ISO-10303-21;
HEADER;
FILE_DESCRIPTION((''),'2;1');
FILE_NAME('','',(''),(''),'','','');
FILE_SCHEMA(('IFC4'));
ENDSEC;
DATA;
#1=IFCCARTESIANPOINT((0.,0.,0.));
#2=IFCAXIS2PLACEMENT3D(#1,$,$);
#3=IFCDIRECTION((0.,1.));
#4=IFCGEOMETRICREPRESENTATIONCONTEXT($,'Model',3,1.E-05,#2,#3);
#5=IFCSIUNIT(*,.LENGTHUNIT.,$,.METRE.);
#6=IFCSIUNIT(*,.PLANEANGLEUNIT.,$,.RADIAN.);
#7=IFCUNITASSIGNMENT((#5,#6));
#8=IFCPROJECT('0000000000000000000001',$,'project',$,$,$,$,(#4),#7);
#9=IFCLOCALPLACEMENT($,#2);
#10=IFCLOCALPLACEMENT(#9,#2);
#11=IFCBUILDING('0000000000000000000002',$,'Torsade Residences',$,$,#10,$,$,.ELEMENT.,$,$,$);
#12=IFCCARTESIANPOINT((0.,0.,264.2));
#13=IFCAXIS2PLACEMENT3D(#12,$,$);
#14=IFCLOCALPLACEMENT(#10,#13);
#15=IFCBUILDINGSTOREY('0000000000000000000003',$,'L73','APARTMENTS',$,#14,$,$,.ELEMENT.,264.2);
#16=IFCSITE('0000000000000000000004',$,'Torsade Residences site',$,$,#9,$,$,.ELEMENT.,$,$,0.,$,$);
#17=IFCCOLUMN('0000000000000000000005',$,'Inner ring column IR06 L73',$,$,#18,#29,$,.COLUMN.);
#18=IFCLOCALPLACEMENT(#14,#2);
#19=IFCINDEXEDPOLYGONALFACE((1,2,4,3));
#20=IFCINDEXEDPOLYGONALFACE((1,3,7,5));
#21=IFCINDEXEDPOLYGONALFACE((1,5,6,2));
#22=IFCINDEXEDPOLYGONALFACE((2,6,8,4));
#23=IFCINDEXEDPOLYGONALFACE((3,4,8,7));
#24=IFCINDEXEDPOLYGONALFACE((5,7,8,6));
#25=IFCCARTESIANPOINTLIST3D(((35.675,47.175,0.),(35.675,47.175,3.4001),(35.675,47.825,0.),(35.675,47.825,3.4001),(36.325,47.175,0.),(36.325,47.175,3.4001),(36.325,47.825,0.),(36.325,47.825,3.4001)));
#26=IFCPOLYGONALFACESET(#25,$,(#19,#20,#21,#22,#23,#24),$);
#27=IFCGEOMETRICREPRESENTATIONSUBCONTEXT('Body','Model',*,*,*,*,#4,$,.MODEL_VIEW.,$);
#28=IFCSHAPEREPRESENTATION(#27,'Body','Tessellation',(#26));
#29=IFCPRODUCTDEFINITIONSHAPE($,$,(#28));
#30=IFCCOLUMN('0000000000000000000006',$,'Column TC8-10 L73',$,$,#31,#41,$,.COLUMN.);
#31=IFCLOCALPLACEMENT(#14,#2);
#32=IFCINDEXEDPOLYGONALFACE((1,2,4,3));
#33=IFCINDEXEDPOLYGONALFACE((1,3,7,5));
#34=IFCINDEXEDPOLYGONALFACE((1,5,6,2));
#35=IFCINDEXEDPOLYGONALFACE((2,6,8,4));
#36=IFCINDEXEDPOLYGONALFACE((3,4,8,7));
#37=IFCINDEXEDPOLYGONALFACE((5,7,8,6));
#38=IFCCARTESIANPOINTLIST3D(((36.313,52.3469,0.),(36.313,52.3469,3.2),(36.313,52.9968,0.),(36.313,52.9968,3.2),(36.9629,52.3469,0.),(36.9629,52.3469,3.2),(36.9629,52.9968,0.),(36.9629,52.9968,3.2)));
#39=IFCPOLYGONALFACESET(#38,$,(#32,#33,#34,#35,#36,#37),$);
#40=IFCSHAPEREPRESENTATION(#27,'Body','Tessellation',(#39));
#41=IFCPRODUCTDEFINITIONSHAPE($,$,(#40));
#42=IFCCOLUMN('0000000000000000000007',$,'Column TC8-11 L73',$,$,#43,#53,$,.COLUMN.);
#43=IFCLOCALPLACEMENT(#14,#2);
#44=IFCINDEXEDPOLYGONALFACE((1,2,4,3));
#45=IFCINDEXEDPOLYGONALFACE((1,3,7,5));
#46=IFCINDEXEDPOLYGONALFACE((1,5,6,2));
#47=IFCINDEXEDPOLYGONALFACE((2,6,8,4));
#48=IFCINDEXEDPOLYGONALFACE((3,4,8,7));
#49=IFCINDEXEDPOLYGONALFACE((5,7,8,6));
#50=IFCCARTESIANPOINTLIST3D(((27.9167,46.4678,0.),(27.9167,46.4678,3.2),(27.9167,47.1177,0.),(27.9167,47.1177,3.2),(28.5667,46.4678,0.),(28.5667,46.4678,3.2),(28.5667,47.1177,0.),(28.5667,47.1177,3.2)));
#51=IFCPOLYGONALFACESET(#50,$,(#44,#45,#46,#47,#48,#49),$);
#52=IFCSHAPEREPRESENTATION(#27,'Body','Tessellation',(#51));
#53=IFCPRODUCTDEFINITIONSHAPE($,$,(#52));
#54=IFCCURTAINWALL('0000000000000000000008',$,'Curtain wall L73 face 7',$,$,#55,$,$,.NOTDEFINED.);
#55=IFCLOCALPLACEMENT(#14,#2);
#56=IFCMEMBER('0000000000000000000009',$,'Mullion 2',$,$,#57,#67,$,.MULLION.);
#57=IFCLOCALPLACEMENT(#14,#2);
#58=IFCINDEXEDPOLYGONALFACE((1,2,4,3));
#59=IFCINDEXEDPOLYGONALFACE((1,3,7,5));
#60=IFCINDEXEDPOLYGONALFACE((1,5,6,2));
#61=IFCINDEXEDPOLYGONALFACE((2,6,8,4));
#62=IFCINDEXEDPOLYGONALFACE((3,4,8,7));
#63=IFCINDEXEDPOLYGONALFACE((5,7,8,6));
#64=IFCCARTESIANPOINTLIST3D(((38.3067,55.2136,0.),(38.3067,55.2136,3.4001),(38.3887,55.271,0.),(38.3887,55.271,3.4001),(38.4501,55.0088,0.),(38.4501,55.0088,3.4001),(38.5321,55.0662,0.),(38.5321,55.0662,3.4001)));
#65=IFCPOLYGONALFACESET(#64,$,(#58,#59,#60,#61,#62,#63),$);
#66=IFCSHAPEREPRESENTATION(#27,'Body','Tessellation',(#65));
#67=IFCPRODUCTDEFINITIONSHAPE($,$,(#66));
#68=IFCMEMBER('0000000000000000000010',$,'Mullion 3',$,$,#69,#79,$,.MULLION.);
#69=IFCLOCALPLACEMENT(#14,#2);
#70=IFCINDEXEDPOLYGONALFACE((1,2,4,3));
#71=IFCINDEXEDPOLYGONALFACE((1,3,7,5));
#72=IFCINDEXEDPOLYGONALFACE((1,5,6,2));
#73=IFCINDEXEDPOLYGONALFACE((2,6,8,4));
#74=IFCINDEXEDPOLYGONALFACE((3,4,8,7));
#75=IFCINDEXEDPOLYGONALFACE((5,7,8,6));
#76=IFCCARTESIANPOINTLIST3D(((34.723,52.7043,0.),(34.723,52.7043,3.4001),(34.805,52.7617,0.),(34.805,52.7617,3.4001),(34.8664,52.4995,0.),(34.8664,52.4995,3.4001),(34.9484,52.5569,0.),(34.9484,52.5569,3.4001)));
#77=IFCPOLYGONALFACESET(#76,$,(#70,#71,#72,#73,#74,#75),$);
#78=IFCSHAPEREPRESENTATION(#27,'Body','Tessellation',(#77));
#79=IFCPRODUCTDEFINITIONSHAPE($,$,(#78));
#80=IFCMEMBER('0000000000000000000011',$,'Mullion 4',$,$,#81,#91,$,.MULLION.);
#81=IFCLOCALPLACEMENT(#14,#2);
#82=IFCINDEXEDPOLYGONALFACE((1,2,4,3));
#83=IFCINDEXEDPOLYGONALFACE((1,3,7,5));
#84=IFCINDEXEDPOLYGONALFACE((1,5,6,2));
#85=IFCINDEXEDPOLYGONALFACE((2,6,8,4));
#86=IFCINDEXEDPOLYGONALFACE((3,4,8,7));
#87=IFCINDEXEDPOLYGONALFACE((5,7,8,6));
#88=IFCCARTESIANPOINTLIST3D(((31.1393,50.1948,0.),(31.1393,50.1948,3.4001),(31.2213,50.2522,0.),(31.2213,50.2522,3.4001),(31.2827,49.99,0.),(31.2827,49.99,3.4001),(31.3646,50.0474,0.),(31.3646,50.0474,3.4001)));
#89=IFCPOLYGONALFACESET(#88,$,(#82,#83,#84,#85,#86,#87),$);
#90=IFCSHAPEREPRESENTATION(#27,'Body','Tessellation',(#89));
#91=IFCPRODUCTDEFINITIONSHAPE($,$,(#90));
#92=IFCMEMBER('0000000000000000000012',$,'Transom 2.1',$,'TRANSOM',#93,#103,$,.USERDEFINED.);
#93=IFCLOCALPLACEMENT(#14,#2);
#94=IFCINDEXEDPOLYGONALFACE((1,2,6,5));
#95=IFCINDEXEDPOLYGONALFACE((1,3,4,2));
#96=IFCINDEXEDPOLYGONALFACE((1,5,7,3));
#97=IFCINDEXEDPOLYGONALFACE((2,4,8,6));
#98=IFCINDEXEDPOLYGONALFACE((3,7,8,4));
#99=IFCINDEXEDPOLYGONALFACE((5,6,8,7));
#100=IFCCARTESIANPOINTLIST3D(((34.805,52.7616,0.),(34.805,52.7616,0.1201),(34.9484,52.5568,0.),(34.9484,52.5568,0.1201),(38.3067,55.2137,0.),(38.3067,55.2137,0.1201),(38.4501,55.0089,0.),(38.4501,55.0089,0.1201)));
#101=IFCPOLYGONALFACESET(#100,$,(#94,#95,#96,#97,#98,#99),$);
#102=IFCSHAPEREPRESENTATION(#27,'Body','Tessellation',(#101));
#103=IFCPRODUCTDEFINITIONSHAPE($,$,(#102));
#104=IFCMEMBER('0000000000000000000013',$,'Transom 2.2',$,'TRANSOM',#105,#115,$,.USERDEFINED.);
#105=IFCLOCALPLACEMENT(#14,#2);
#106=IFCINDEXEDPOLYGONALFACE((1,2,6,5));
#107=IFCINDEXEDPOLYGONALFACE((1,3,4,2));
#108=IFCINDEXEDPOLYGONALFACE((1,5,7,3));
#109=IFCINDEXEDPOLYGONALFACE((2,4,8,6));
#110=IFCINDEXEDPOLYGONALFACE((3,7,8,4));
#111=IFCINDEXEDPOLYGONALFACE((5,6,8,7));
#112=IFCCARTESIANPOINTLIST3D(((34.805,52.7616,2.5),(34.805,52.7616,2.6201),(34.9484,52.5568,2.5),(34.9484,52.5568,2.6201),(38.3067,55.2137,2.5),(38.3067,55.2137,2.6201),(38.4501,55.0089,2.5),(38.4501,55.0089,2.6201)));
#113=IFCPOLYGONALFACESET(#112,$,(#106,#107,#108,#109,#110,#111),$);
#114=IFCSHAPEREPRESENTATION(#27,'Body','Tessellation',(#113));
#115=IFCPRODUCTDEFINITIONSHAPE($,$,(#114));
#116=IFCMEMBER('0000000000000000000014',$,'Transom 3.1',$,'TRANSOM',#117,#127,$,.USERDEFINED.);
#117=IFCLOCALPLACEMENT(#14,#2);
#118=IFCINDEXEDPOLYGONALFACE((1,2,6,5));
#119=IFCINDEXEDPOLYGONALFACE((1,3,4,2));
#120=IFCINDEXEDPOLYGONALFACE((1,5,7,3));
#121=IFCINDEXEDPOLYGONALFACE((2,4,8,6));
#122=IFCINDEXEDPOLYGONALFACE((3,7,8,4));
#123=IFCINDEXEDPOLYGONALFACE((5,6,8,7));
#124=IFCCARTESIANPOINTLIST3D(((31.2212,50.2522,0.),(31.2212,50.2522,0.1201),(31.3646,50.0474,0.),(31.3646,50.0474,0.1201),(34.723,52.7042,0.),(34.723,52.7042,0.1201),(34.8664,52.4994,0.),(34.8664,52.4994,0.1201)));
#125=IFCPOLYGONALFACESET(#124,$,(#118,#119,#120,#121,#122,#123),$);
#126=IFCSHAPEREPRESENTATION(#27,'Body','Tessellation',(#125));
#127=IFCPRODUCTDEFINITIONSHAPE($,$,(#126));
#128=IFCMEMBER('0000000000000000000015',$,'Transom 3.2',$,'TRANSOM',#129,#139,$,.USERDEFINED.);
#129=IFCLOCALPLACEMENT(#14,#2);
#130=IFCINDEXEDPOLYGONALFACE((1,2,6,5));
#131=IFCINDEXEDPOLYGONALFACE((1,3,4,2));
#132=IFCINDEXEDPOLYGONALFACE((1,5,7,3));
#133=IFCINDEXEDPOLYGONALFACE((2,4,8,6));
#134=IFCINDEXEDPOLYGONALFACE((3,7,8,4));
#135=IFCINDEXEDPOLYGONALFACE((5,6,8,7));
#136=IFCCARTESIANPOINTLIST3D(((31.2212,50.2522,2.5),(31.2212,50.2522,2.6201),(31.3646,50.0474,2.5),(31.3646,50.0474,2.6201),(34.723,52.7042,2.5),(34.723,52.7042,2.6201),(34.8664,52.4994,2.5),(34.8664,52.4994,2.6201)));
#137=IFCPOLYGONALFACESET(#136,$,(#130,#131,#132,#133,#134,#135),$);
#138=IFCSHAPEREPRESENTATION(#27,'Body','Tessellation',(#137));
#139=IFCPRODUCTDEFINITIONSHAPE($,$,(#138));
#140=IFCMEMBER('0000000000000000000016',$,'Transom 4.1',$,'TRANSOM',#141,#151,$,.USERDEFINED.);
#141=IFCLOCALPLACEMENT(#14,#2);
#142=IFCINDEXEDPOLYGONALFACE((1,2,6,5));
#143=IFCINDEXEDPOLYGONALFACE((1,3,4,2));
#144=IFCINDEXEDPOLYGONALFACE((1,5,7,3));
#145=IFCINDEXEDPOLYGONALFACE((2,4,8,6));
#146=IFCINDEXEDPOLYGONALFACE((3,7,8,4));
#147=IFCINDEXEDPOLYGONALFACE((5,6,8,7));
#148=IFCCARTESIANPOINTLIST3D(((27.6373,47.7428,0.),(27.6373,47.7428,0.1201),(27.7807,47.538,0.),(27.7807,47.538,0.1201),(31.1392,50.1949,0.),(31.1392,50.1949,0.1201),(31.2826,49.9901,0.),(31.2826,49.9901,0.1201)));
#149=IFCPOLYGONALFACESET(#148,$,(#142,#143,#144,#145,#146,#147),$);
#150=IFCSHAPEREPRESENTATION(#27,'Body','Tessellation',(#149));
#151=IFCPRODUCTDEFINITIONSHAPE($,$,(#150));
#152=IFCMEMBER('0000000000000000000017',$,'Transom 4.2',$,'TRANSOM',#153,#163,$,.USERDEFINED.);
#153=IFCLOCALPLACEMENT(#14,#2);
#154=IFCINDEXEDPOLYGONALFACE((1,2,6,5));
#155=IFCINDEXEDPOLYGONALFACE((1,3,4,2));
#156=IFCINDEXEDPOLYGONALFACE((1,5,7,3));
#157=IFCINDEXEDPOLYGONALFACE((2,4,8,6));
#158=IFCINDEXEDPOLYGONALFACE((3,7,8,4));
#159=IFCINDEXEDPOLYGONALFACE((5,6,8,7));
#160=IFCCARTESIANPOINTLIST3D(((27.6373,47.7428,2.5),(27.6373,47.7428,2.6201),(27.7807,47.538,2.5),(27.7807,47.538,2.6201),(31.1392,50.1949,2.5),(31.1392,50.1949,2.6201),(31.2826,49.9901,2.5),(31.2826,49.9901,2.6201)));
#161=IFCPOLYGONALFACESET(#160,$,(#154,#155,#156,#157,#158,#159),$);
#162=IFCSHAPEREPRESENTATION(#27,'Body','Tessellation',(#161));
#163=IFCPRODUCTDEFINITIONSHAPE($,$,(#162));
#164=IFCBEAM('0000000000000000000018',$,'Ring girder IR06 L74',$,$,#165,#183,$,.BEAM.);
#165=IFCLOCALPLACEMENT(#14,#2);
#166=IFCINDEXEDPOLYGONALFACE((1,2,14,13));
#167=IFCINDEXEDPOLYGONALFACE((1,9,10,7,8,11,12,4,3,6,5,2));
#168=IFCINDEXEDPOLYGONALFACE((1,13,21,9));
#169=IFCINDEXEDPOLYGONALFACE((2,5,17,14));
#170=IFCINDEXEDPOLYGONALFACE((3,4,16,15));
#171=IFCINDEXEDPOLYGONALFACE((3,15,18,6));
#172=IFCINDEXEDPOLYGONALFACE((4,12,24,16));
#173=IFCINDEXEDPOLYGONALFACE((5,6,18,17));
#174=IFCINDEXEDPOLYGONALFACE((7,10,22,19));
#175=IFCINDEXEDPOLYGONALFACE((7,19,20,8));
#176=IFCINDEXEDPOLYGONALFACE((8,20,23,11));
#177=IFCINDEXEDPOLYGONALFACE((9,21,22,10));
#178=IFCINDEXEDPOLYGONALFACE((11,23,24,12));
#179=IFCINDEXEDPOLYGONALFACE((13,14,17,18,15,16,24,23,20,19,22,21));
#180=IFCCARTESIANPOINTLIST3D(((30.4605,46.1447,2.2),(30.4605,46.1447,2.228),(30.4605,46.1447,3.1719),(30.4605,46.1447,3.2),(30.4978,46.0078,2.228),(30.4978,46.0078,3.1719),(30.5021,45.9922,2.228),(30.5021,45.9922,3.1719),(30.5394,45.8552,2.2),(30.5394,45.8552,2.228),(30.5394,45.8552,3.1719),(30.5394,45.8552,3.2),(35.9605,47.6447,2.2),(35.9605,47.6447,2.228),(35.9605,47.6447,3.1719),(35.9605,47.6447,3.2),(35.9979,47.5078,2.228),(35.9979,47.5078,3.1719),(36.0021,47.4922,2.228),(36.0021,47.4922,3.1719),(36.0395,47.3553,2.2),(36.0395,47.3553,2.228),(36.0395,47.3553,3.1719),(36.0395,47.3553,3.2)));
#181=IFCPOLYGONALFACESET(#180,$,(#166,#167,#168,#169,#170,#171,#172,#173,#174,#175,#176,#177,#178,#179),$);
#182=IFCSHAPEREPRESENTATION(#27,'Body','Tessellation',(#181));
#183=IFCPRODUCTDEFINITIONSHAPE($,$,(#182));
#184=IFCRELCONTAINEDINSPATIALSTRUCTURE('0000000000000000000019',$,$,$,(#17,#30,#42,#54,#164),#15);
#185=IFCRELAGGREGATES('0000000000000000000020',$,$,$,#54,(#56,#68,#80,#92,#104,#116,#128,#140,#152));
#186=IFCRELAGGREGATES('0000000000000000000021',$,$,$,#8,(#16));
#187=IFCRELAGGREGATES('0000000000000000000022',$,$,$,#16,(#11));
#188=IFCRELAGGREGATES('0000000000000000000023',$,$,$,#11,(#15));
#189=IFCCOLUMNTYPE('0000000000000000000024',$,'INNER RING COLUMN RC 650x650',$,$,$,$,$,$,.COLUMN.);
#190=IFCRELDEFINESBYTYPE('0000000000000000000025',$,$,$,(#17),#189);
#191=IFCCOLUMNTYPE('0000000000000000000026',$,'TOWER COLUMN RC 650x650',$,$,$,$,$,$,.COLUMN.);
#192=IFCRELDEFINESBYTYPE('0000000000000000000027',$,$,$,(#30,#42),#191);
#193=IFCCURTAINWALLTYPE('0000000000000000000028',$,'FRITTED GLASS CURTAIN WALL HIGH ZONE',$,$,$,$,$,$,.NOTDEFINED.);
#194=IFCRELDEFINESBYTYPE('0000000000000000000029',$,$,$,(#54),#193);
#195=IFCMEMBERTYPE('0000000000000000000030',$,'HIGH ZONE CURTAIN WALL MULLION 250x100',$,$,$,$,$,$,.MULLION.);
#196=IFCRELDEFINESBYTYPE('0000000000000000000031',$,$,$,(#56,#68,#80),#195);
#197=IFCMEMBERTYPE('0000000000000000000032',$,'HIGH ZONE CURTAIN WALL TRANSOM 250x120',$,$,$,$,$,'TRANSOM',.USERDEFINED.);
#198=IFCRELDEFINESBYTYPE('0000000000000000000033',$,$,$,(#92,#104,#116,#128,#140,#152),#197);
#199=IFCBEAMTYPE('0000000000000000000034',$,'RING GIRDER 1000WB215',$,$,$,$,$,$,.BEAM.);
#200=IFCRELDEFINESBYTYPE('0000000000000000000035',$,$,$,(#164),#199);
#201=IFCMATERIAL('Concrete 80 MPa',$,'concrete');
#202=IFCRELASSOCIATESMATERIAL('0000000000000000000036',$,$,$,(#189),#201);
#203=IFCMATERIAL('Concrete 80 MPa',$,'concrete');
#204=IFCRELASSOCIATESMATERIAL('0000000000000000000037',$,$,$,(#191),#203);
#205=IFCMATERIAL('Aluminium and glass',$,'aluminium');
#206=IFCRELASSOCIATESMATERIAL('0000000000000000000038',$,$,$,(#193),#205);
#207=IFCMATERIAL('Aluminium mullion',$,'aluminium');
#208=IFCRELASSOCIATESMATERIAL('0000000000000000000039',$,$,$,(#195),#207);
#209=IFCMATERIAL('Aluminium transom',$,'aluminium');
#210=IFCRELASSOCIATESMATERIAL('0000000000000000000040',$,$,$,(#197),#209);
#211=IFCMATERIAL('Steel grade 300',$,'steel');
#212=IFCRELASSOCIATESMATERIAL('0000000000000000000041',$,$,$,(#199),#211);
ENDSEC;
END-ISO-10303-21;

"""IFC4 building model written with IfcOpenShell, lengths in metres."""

from ifc_helpers import new_model, si_unit, direction, frame, origin, origin_2d, place, context, subcontext, project, spatial, rectangle, i_section, extrude, material, material_profile, profile_set, type_object, element, aggregate, save


model = new_model("IFC4")

# Units and contexts
model_context = context("Model", 3, precision=1e-05, world=origin(), true_north=direction((0.0, 1.0)))
body_context = subcontext(model_context, "Body", "Model", "MODEL_VIEW")
ifc_project = project(units=[si_unit("LENGTHUNIT", "METRE"), si_unit("PLANEANGLEUNIT", "RADIAN")], contexts=[model_context])

# Site, building, storey
site_placement = place(None, origin())
site = spatial("IfcSite", under=ifc_project, at=site_placement, Name="Torsade Residences site", CompositionType="ELEMENT", RefElevation=0.0)
building_placement = place(site_placement, origin())
building = spatial("IfcBuilding", under=site, at=building_placement, Name="Torsade Residences", CompositionType="ELEMENT")
storey_placement = place(building_placement, frame((0.0, 0.0, 264.2)))
storey = spatial("IfcBuildingStorey", under=building, at=storey_placement, Name="L73", Description="APARTMENTS", CompositionType="ELEMENT", Elevation=264.2)

# Columns
ifc_material_1 = material(Name="Concrete 80 MPa", Category="concrete")
ifc_material_profile_1 = material_profile(ifc_material_1, rectangle(XDim=0.6499, YDim=0.6499, at=origin_2d()), Name="RC 650x650")
ifc_profile_set_1 = profile_set([ifc_material_profile_1], Name="Concrete 80 MPa")
column_type_1 = type_object("IfcColumnType", Name="INNER RING COLUMN RC 650x650", PredefinedType="COLUMN", material=ifc_profile_set_1)
column_placement = place(storey_placement, frame((36.0, 47.5, 0.0), z_axis=(0.0, 0.0, 1.0), x_axis=(1.0, 0.0, 0.0)))
element("IfcColumn", 1, at=column_placement, inside=storey, type_object=column_type_1, Name="Inner ring column IR06 L73", PredefinedType="COLUMN", context=body_context, shape_type="SweptSolid", body=[
    extrude(rectangle(XDim=0.6499, YDim=0.6499, at=origin_2d()), origin(), (0.0, 0.0, 1.0), 3.4001),
])
ifc_material_2 = material(Name="Concrete 80 MPa", Category="concrete")
ifc_material_profile_2 = material_profile(ifc_material_2, rectangle(XDim=0.6499, YDim=0.6499, at=origin_2d()), Name="RC 650x650")
ifc_profile_set_2 = profile_set([ifc_material_profile_2], Name="Concrete 80 MPa")
column_type_2 = type_object("IfcColumnType", Name="TOWER COLUMN RC 650x650", PredefinedType="COLUMN", material=ifc_profile_set_2)
for number, where, z_axis, x_axis, name in (
    (2, (36.6379, 52.6719, 0.0), (0.0, 0.0, 1.0), (1.0, 0.0, 0.0), "Column TC8-10 L73"),
    (3, (28.2417, 46.7927, 0.0), (0.0, 0.0, 1.0), (1.0, 0.0, 0.0), "Column TC8-11 L73"),
):
    element("IfcColumn", number, at=place(storey_placement, frame(where, z_axis=z_axis, x_axis=x_axis)), inside=storey, type_object=column_type_2, Name=name, PredefinedType="COLUMN", context=body_context, shape_type="SweptSolid", body=[
        extrude(rectangle(XDim=0.6499, YDim=0.6499, at=origin_2d()), origin(), (0.0, 0.0, 1.0), 3.2),
    ])

# Curtain wall, members
ifc_material_3 = material(Name="Aluminium and glass", Category="aluminium")
curtain_wall_type = type_object("IfcCurtainWallType", Name="FRITTED GLASS CURTAIN WALL HIGH ZONE", PredefinedType="NOTDEFINED", material=ifc_material_3)
curtain_wall_placement = place(storey_placement, origin())
curtain_wall = element("IfcCurtainWall", 4, at=curtain_wall_placement, inside=storey, type_object=curtain_wall_type, Name="Curtain wall L73 face 7", PredefinedType="NOTDEFINED")
ifc_material_4 = material(Name="Aluminium mullion", Category="aluminium")
ifc_material_profile_3 = material_profile(ifc_material_4, rectangle(XDim=0.25, YDim=0.1001, at=origin_2d()), Name="HIGH ZONE CURTAIN WALL MULLION 250x100")
ifc_profile_set_3 = profile_set([ifc_material_profile_3], Name="Aluminium mullion")
member_type_1 = type_object("IfcMemberType", Name="HIGH ZONE CURTAIN WALL MULLION 250x100", PredefinedType="MULLION", material=ifc_profile_set_3)
member_1_placement = place(storey_placement, frame((38.4194, 55.1399, 0.0), z_axis=(0.0, 0.0, 1.0), x_axis=(0.573576, -0.819152, 0.0)))
member_1 = element("IfcMember", 5, at=member_1_placement, type_object=member_type_1, Name="Mullion 2", PredefinedType="MULLION", context=body_context, shape_type="SweptSolid", body=[
    extrude(rectangle(XDim=0.25, YDim=0.1001, at=origin_2d()), origin(), (0.0, 0.0, 1.0), 3.4001),
])
member_2_placement = place(storey_placement, frame((34.8357, 52.6306, 0.0), z_axis=(0.0, 0.0, 1.0), x_axis=(0.573576, -0.819152, 0.0)))
member_2 = element("IfcMember", 6, at=member_2_placement, type_object=member_type_1, Name="Mullion 3", PredefinedType="MULLION", context=body_context, shape_type="SweptSolid", body=[
    extrude(rectangle(XDim=0.25, YDim=0.1001, at=origin_2d()), origin(), (0.0, 0.0, 1.0), 3.4001),
])
member_3_placement = place(storey_placement, frame((31.252, 50.1211, 0.0), z_axis=(0.0, 0.0, 1.0), x_axis=(0.573576, -0.819152, 0.0)))
member_3 = element("IfcMember", 7, at=member_3_placement, type_object=member_type_1, Name="Mullion 4", PredefinedType="MULLION", context=body_context, shape_type="SweptSolid", body=[
    extrude(rectangle(XDim=0.25, YDim=0.1001, at=origin_2d()), origin(), (0.0, 0.0, 1.0), 3.4001),
])
ifc_material_5 = material(Name="Aluminium transom", Category="aluminium")
ifc_material_profile_4 = material_profile(ifc_material_5, rectangle(XDim=0.25, YDim=0.1201, at=origin_2d()), Name="HIGH ZONE CURTAIN WALL TRANSOM 250x120")
ifc_profile_set_4 = profile_set([ifc_material_profile_4], Name="Aluminium transom")
member_type_2 = type_object("IfcMemberType", Name="HIGH ZONE CURTAIN WALL TRANSOM 250x120", ElementType="TRANSOM", PredefinedType="USERDEFINED", material=ifc_profile_set_4)
member_4_placement = place(storey_placement, frame((38.3784, 55.1113, 0.0601), z_axis=(-0.819127, -0.573612, 0.0), x_axis=(0.573612, -0.819127, 0.0)))
member_4 = element("IfcMember", 8, at=member_4_placement, type_object=member_type_2, Name="Transom 2.1", ObjectType="TRANSOM", PredefinedType="USERDEFINED", context=body_context, shape_type="SweptSolid", body=[
    extrude(rectangle(XDim=0.25, YDim=0.1201, at=origin_2d()), origin(), (0.0, 0.0, 1.0), 4.2749),
])
member_5_placement = place(storey_placement, frame((38.3784, 55.1113, 2.5601), z_axis=(-0.819127, -0.573612, 0.0), x_axis=(0.573612, -0.819127, 0.0)))
member_5 = element("IfcMember", 9, at=member_5_placement, type_object=member_type_2, Name="Transom 2.2", ObjectType="TRANSOM", PredefinedType="USERDEFINED", context=body_context, shape_type="SweptSolid", body=[
    extrude(rectangle(XDim=0.25, YDim=0.1201, at=origin_2d()), origin(), (0.0, 0.0, 1.0), 4.2749),
])
member_6_placement = place(storey_placement, frame((34.7947, 52.6018, 0.0601), z_axis=(-0.819154, -0.573573, 0.0), x_axis=(0.573573, -0.819154, 0.0)))
member_6 = element("IfcMember", 10, at=member_6_placement, type_object=member_type_2, Name="Transom 3.1", ObjectType="TRANSOM", PredefinedType="USERDEFINED", context=body_context, shape_type="SweptSolid", body=[
    extrude(rectangle(XDim=0.25, YDim=0.1201, at=origin_2d()), origin(), (0.0, 0.0, 1.0), 4.2749),
])
member_7_placement = place(storey_placement, frame((34.7947, 52.6018, 2.5601), z_axis=(-0.819154, -0.573573, 0.0), x_axis=(0.573573, -0.819154, 0.0)))
member_7 = element("IfcMember", 11, at=member_7_placement, type_object=member_type_2, Name="Transom 3.2", ObjectType="TRANSOM", PredefinedType="USERDEFINED", context=body_context, shape_type="SweptSolid", body=[
    extrude(rectangle(XDim=0.25, YDim=0.1201, at=origin_2d()), origin(), (0.0, 0.0, 1.0), 4.2749),
])
member_8_placement = place(storey_placement, frame((31.2109, 50.0925, 0.0601), z_axis=(-0.819146, -0.573585, 0.0), x_axis=(0.573585, -0.819146, 0.0)))
member_8 = element("IfcMember", 12, at=member_8_placement, type_object=member_type_2, Name="Transom 4.1", ObjectType="TRANSOM", PredefinedType="USERDEFINED", context=body_context, shape_type="SweptSolid", body=[
    extrude(rectangle(XDim=0.25, YDim=0.1201, at=origin_2d()), origin(), (0.0, 0.0, 1.0), 4.2751),
])
member_9_placement = place(storey_placement, frame((31.2109, 50.0925, 2.5601), z_axis=(-0.819146, -0.573585, 0.0), x_axis=(0.573585, -0.819146, 0.0)))
member_9 = element("IfcMember", 13, at=member_9_placement, type_object=member_type_2, Name="Transom 4.2", ObjectType="TRANSOM", PredefinedType="USERDEFINED", context=body_context, shape_type="SweptSolid", body=[
    extrude(rectangle(XDim=0.25, YDim=0.1201, at=origin_2d()), origin(), (0.0, 0.0, 1.0), 4.2751),
])

# Beam
ifc_material_6 = material(Name="Steel grade 300", Category="steel")
ifc_material_profile_5 = material_profile(ifc_material_6, i_section(OverallWidth=0.3, OverallDepth=1.0, WebThickness=0.0161, FlangeThickness=0.0281, at=origin_2d()), Name="1000WB215")
ifc_profile_set_5 = profile_set([ifc_material_profile_5], Name="Steel grade 300")
beam_type_1 = type_object("IfcBeamType", Name="RING GIRDER 1000WB215", PredefinedType="BEAM", material=ifc_profile_set_5)
beam_1_placement = place(storey_placement, frame((36.0, 47.5, 2.7), z_axis=(-0.964764, -0.263117, 0.0), x_axis=(0.263117, -0.964764, 0.0)))
element("IfcBeam", 14, at=beam_1_placement, inside=storey, type_object=beam_type_1, Name="Ring girder IR06 L74", PredefinedType="BEAM", context=body_context, shape_type="SweptSolid", body=[
    extrude(i_section(OverallWidth=0.3, OverallDepth=1.0, WebThickness=0.0161, FlangeThickness=0.0281, at=origin_2d()), origin(), (0.0, 0.0, 1.0), 5.7009),
])

aggregate(curtain_wall, [member_1, member_2, member_3, member_4, member_5, member_6, member_7, member_8, member_9])

save(model, "model.ifc")
